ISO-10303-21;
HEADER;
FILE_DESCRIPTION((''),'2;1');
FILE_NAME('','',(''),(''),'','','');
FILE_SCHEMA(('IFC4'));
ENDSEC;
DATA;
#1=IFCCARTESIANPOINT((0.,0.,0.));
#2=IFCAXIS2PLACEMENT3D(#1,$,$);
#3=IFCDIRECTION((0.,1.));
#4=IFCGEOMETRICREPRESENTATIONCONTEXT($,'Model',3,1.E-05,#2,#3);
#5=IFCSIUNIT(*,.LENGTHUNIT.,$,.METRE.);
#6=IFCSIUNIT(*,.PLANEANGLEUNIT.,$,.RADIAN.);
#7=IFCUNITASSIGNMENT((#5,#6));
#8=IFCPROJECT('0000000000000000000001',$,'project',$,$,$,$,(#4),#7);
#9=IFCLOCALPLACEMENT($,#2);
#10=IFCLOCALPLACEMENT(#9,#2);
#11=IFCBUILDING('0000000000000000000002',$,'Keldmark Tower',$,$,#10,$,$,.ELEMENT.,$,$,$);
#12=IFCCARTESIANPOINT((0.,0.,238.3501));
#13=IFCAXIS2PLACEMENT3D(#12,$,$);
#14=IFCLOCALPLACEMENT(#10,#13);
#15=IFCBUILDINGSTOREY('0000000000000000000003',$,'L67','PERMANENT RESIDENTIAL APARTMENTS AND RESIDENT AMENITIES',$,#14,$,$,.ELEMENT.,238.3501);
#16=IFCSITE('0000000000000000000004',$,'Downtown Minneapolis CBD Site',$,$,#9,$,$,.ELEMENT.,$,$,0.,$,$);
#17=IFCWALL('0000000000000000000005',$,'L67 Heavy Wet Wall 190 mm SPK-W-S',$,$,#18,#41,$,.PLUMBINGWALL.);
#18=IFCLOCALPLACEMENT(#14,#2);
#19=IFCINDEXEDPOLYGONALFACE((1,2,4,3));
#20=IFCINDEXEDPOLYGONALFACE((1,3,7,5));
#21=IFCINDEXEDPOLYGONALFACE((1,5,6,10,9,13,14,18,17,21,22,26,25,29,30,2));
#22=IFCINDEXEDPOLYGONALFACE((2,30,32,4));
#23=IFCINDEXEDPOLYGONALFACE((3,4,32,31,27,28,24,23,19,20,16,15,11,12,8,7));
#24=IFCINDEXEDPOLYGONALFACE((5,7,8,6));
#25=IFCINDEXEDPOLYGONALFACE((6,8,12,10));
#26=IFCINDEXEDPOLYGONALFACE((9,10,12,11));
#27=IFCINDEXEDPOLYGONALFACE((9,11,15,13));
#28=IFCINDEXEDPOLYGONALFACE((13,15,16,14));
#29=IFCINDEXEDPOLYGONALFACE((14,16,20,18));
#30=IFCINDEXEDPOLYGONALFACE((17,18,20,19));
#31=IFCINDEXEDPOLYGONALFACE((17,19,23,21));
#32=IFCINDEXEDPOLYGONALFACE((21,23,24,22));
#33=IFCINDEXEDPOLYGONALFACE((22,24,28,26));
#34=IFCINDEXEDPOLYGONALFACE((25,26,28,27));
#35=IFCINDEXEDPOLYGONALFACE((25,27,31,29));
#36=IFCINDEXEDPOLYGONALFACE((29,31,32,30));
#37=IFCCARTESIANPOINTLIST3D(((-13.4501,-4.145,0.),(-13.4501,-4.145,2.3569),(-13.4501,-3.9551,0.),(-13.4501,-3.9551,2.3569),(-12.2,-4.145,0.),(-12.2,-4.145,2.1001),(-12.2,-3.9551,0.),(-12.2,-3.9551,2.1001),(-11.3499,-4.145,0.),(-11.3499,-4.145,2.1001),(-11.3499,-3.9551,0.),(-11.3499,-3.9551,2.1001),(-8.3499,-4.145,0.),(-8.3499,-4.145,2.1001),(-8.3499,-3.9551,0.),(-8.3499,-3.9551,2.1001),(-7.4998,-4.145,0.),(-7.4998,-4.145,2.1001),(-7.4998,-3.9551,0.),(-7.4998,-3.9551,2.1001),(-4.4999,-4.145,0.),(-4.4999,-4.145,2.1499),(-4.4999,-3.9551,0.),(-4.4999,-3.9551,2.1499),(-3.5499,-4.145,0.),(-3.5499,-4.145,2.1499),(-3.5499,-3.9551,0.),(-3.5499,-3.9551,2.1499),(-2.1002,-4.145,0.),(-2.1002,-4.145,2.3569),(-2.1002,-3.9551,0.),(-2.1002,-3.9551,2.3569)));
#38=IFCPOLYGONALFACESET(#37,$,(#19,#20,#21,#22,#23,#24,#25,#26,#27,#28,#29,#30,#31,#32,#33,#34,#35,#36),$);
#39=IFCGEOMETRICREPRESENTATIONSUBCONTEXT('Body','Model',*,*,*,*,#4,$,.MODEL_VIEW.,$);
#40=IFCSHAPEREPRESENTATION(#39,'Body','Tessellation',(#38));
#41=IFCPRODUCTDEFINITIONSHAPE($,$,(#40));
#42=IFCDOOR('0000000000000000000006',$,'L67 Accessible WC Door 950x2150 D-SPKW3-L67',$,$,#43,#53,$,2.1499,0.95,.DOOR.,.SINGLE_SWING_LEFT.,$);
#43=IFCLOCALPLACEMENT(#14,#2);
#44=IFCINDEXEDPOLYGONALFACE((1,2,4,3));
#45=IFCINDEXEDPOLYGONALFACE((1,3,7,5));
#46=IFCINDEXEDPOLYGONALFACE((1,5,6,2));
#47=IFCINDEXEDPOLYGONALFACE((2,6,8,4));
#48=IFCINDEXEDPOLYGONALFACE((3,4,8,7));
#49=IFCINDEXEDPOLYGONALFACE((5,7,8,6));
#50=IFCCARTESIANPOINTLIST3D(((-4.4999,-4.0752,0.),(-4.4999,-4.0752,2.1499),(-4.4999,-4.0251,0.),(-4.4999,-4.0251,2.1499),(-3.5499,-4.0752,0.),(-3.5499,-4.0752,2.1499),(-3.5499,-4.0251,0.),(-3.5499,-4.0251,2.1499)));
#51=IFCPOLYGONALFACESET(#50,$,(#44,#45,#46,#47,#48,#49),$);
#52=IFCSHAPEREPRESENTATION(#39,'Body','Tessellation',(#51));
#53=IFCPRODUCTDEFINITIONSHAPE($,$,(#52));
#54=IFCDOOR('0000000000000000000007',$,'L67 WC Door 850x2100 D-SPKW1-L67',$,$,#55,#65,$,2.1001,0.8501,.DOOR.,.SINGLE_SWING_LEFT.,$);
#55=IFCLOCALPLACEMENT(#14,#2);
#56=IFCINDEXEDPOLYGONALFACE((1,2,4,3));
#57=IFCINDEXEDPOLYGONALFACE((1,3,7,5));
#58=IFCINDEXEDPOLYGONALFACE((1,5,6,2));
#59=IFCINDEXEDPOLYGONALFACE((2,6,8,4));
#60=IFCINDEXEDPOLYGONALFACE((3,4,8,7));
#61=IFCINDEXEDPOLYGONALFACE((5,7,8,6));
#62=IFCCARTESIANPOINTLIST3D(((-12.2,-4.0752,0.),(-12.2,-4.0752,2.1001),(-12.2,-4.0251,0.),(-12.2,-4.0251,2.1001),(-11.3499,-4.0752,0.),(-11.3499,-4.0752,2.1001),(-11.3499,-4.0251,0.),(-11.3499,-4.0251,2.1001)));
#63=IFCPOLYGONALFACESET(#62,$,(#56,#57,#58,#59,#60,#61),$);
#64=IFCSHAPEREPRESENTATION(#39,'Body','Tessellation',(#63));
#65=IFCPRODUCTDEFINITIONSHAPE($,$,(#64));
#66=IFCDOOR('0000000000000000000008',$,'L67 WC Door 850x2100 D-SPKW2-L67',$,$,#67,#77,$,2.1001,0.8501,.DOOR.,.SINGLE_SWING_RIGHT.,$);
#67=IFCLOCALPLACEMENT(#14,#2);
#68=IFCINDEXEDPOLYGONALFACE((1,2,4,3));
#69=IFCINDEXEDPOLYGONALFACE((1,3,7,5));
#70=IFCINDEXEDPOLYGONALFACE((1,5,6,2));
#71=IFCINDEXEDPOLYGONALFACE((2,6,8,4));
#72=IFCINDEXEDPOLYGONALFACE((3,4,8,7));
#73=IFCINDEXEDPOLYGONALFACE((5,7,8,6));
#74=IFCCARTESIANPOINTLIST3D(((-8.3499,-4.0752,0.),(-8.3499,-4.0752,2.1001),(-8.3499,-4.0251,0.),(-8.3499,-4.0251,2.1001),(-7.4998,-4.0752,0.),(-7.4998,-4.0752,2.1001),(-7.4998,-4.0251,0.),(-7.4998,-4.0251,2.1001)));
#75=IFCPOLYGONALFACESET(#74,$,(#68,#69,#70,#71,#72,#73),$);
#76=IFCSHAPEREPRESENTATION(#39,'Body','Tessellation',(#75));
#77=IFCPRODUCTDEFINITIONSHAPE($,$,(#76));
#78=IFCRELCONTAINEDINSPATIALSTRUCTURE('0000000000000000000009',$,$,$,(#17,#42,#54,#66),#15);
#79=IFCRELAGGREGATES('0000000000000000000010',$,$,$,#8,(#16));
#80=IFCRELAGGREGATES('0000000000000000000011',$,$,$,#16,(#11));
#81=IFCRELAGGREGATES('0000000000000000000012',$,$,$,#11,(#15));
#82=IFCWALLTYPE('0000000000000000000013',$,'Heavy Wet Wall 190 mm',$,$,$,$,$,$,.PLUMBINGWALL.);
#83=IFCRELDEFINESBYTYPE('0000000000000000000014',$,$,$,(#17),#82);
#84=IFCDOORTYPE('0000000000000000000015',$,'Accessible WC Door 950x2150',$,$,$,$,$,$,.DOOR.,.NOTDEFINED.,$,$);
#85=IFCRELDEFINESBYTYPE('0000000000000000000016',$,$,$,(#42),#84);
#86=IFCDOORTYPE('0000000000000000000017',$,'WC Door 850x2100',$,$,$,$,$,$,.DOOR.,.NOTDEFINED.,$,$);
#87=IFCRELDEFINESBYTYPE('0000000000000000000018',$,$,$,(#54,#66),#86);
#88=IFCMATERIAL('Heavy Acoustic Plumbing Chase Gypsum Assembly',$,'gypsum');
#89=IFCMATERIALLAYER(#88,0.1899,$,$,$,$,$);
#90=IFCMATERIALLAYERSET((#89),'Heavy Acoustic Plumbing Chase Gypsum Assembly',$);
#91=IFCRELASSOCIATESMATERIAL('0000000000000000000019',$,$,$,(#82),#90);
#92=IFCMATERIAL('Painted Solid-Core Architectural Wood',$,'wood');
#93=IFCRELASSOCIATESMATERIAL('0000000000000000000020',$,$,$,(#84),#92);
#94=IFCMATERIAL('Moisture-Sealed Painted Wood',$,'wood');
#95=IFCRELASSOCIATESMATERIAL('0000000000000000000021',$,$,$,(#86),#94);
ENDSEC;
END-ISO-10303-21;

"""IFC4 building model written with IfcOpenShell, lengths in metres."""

from ifc_helpers import new_model, si_unit, direction, frame, frame_2d, origin, place, context, subcontext, project, spatial, rectangle, extrude, material, layer, layer_set, type_object, element, fill, save


model = new_model("IFC4")

# Units and contexts
model_context = context("Model", 3, precision=1e-05, world=origin(), true_north=direction((0.0, 1.0)))
body_context = subcontext(model_context, "Body", "Model", "MODEL_VIEW")
ifc_project = project(units=[si_unit("LENGTHUNIT", "METRE"), si_unit("PLANEANGLEUNIT", "RADIAN")], contexts=[model_context])

# Site, building, storey
site_placement = place(None, origin())
site = spatial("IfcSite", under=ifc_project, at=site_placement, Name="Downtown Minneapolis CBD Site", CompositionType="ELEMENT", RefElevation=0.0)
building_placement = place(site_placement, origin())
building = spatial("IfcBuilding", under=site, at=building_placement, Name="Keldmark Tower", CompositionType="ELEMENT")
storey_placement = place(building_placement, frame((0.0, 0.0, 238.3501)))
storey = spatial("IfcBuildingStorey", under=building, at=storey_placement, Name="L67", Description="PERMANENT RESIDENTIAL APARTMENTS AND RESIDENT AMENITIES", CompositionType="ELEMENT", Elevation=238.3501)

# Wall, openings, doors
ifc_material_1 = material(Name="Heavy Acoustic Plumbing Chase Gypsum Assembly", Category="gypsum")
ifc_layer_1 = layer(ifc_material_1, 0.1899)
ifc_layer_set_1 = layer_set([ifc_layer_1], Name="Heavy Acoustic Plumbing Chase Gypsum Assembly")
wall_type_1 = type_object("IfcWallType", Name="Heavy Wet Wall 190 mm", PredefinedType="PLUMBINGWALL", material=ifc_layer_set_1)
wall_1_placement = place(storey_placement, frame((-13.45, -4.05, 0.0), z_axis=(0.0, 0.0, 1.0), x_axis=(1.0, 0.0, 0.0)))
wall_1 = element("IfcWall", 1, at=wall_1_placement, inside=storey, type_object=wall_type_1, Name="L67 Heavy Wet Wall 190 mm SPK-W-S", PredefinedType="PLUMBINGWALL", context=body_context, shape_type="SweptSolid", body=[
    extrude(rectangle(XDim=11.3499, YDim=0.1899, at=frame_2d((5.6748, 0.0))), origin(), (0.0, 0.0, 1.0), 2.3569),
])
opening_1_placement = place(wall_1_placement, frame((1.25, 0.0, 0.0)))
opening_1 = element("IfcOpeningElement", 2, at=opening_1_placement, cuts=wall_1, PredefinedType="OPENING", context=body_context, shape_type="SweptSolid", body=[
    extrude(rectangle(XDim=0.8501, YDim=2.1001, at=frame_2d((0.425, 1.05))), frame((0.0, 0.105, 0.0), z_axis=(0.0, -1.0, 0.0), x_axis=(1.0, 0.0, 0.0)), (0.0, 0.0, 1.0), 0.21),
])
opening_2_placement = place(wall_1_placement, frame((5.1001, 0.0, 0.0)))
opening_2 = element("IfcOpeningElement", 3, at=opening_2_placement, cuts=wall_1, PredefinedType="OPENING", context=body_context, shape_type="SweptSolid", body=[
    extrude(rectangle(XDim=0.8501, YDim=2.1001, at=frame_2d((0.425, 1.05))), frame((0.0, 0.105, 0.0), z_axis=(0.0, -1.0, 0.0), x_axis=(1.0, 0.0, 0.0)), (0.0, 0.0, 1.0), 0.21),
])
opening_3_placement = place(wall_1_placement, frame((8.95, 0.0, 0.0)))
opening_3 = element("IfcOpeningElement", 4, at=opening_3_placement, cuts=wall_1, PredefinedType="OPENING", context=body_context, shape_type="SweptSolid", body=[
    extrude(rectangle(XDim=0.95, YDim=2.1499, at=frame_2d((0.4751, 1.075))), frame((0.0, 0.105, 0.0), z_axis=(0.0, -1.0, 0.0), x_axis=(1.0, 0.0, 0.0)), (0.0, 0.0, 1.0), 0.21),
])
ifc_material_2 = material(Name="Painted Solid-Core Architectural Wood", Category="wood")
door_type_1 = type_object("IfcDoorType", Name="Accessible WC Door 950x2150", OperationType="NOTDEFINED", PredefinedType="DOOR", material=ifc_material_2)
door_1_placement = place(opening_3_placement, origin())
door_1 = element("IfcDoor", 5, at=door_1_placement, inside=storey, type_object=door_type_1, Name="L67 Accessible WC Door 950x2150 D-SPKW3-L67", OperationType="SINGLE_SWING_LEFT", OverallHeight=2.1499, OverallWidth=0.95, PredefinedType="DOOR", context=body_context, shape_type="SweptSolid", body=[
    extrude(rectangle(XDim=0.95, YDim=2.1499, at=frame_2d((0.4751, 1.075))), frame((0.0, 0.0249, 0.0), z_axis=(0.0, -1.0, 0.0), x_axis=(1.0, 0.0, 0.0)), (0.0, 0.0, 1.0), 0.05),
])
fill(opening_3, door_1)
ifc_material_3 = material(Name="Moisture-Sealed Painted Wood", Category="wood")
door_type_2 = type_object("IfcDoorType", Name="WC Door 850x2100", OperationType="NOTDEFINED", PredefinedType="DOOR", material=ifc_material_3)
door_2_placement = place(opening_1_placement, origin())
door_2 = element("IfcDoor", 6, at=door_2_placement, inside=storey, type_object=door_type_2, Name="L67 WC Door 850x2100 D-SPKW1-L67", OperationType="SINGLE_SWING_LEFT", OverallHeight=2.1001, OverallWidth=0.8501, PredefinedType="DOOR", context=body_context, shape_type="SweptSolid", body=[
    extrude(rectangle(XDim=0.8501, YDim=2.1001, at=frame_2d((0.425, 1.05))), frame((0.0, 0.0249, 0.0), z_axis=(0.0, -1.0, 0.0), x_axis=(1.0, 0.0, 0.0)), (0.0, 0.0, 1.0), 0.05),
])
fill(opening_1, door_2)
door_3_placement = place(opening_2_placement, origin())
door_3 = element("IfcDoor", 7, at=door_3_placement, inside=storey, type_object=door_type_2, Name="L67 WC Door 850x2100 D-SPKW2-L67", OperationType="SINGLE_SWING_RIGHT", OverallHeight=2.1001, OverallWidth=0.8501, PredefinedType="DOOR", context=body_context, shape_type="SweptSolid", body=[
    extrude(rectangle(XDim=0.8501, YDim=2.1001, at=frame_2d((0.425, 1.05))), frame((0.0, 0.0249, 0.0), z_axis=(0.0, -1.0, 0.0), x_axis=(1.0, 0.0, 0.0)), (0.0, 0.0, 1.0), 0.05),
])
fill(opening_2, door_3)

save(model, "model.ifc")
